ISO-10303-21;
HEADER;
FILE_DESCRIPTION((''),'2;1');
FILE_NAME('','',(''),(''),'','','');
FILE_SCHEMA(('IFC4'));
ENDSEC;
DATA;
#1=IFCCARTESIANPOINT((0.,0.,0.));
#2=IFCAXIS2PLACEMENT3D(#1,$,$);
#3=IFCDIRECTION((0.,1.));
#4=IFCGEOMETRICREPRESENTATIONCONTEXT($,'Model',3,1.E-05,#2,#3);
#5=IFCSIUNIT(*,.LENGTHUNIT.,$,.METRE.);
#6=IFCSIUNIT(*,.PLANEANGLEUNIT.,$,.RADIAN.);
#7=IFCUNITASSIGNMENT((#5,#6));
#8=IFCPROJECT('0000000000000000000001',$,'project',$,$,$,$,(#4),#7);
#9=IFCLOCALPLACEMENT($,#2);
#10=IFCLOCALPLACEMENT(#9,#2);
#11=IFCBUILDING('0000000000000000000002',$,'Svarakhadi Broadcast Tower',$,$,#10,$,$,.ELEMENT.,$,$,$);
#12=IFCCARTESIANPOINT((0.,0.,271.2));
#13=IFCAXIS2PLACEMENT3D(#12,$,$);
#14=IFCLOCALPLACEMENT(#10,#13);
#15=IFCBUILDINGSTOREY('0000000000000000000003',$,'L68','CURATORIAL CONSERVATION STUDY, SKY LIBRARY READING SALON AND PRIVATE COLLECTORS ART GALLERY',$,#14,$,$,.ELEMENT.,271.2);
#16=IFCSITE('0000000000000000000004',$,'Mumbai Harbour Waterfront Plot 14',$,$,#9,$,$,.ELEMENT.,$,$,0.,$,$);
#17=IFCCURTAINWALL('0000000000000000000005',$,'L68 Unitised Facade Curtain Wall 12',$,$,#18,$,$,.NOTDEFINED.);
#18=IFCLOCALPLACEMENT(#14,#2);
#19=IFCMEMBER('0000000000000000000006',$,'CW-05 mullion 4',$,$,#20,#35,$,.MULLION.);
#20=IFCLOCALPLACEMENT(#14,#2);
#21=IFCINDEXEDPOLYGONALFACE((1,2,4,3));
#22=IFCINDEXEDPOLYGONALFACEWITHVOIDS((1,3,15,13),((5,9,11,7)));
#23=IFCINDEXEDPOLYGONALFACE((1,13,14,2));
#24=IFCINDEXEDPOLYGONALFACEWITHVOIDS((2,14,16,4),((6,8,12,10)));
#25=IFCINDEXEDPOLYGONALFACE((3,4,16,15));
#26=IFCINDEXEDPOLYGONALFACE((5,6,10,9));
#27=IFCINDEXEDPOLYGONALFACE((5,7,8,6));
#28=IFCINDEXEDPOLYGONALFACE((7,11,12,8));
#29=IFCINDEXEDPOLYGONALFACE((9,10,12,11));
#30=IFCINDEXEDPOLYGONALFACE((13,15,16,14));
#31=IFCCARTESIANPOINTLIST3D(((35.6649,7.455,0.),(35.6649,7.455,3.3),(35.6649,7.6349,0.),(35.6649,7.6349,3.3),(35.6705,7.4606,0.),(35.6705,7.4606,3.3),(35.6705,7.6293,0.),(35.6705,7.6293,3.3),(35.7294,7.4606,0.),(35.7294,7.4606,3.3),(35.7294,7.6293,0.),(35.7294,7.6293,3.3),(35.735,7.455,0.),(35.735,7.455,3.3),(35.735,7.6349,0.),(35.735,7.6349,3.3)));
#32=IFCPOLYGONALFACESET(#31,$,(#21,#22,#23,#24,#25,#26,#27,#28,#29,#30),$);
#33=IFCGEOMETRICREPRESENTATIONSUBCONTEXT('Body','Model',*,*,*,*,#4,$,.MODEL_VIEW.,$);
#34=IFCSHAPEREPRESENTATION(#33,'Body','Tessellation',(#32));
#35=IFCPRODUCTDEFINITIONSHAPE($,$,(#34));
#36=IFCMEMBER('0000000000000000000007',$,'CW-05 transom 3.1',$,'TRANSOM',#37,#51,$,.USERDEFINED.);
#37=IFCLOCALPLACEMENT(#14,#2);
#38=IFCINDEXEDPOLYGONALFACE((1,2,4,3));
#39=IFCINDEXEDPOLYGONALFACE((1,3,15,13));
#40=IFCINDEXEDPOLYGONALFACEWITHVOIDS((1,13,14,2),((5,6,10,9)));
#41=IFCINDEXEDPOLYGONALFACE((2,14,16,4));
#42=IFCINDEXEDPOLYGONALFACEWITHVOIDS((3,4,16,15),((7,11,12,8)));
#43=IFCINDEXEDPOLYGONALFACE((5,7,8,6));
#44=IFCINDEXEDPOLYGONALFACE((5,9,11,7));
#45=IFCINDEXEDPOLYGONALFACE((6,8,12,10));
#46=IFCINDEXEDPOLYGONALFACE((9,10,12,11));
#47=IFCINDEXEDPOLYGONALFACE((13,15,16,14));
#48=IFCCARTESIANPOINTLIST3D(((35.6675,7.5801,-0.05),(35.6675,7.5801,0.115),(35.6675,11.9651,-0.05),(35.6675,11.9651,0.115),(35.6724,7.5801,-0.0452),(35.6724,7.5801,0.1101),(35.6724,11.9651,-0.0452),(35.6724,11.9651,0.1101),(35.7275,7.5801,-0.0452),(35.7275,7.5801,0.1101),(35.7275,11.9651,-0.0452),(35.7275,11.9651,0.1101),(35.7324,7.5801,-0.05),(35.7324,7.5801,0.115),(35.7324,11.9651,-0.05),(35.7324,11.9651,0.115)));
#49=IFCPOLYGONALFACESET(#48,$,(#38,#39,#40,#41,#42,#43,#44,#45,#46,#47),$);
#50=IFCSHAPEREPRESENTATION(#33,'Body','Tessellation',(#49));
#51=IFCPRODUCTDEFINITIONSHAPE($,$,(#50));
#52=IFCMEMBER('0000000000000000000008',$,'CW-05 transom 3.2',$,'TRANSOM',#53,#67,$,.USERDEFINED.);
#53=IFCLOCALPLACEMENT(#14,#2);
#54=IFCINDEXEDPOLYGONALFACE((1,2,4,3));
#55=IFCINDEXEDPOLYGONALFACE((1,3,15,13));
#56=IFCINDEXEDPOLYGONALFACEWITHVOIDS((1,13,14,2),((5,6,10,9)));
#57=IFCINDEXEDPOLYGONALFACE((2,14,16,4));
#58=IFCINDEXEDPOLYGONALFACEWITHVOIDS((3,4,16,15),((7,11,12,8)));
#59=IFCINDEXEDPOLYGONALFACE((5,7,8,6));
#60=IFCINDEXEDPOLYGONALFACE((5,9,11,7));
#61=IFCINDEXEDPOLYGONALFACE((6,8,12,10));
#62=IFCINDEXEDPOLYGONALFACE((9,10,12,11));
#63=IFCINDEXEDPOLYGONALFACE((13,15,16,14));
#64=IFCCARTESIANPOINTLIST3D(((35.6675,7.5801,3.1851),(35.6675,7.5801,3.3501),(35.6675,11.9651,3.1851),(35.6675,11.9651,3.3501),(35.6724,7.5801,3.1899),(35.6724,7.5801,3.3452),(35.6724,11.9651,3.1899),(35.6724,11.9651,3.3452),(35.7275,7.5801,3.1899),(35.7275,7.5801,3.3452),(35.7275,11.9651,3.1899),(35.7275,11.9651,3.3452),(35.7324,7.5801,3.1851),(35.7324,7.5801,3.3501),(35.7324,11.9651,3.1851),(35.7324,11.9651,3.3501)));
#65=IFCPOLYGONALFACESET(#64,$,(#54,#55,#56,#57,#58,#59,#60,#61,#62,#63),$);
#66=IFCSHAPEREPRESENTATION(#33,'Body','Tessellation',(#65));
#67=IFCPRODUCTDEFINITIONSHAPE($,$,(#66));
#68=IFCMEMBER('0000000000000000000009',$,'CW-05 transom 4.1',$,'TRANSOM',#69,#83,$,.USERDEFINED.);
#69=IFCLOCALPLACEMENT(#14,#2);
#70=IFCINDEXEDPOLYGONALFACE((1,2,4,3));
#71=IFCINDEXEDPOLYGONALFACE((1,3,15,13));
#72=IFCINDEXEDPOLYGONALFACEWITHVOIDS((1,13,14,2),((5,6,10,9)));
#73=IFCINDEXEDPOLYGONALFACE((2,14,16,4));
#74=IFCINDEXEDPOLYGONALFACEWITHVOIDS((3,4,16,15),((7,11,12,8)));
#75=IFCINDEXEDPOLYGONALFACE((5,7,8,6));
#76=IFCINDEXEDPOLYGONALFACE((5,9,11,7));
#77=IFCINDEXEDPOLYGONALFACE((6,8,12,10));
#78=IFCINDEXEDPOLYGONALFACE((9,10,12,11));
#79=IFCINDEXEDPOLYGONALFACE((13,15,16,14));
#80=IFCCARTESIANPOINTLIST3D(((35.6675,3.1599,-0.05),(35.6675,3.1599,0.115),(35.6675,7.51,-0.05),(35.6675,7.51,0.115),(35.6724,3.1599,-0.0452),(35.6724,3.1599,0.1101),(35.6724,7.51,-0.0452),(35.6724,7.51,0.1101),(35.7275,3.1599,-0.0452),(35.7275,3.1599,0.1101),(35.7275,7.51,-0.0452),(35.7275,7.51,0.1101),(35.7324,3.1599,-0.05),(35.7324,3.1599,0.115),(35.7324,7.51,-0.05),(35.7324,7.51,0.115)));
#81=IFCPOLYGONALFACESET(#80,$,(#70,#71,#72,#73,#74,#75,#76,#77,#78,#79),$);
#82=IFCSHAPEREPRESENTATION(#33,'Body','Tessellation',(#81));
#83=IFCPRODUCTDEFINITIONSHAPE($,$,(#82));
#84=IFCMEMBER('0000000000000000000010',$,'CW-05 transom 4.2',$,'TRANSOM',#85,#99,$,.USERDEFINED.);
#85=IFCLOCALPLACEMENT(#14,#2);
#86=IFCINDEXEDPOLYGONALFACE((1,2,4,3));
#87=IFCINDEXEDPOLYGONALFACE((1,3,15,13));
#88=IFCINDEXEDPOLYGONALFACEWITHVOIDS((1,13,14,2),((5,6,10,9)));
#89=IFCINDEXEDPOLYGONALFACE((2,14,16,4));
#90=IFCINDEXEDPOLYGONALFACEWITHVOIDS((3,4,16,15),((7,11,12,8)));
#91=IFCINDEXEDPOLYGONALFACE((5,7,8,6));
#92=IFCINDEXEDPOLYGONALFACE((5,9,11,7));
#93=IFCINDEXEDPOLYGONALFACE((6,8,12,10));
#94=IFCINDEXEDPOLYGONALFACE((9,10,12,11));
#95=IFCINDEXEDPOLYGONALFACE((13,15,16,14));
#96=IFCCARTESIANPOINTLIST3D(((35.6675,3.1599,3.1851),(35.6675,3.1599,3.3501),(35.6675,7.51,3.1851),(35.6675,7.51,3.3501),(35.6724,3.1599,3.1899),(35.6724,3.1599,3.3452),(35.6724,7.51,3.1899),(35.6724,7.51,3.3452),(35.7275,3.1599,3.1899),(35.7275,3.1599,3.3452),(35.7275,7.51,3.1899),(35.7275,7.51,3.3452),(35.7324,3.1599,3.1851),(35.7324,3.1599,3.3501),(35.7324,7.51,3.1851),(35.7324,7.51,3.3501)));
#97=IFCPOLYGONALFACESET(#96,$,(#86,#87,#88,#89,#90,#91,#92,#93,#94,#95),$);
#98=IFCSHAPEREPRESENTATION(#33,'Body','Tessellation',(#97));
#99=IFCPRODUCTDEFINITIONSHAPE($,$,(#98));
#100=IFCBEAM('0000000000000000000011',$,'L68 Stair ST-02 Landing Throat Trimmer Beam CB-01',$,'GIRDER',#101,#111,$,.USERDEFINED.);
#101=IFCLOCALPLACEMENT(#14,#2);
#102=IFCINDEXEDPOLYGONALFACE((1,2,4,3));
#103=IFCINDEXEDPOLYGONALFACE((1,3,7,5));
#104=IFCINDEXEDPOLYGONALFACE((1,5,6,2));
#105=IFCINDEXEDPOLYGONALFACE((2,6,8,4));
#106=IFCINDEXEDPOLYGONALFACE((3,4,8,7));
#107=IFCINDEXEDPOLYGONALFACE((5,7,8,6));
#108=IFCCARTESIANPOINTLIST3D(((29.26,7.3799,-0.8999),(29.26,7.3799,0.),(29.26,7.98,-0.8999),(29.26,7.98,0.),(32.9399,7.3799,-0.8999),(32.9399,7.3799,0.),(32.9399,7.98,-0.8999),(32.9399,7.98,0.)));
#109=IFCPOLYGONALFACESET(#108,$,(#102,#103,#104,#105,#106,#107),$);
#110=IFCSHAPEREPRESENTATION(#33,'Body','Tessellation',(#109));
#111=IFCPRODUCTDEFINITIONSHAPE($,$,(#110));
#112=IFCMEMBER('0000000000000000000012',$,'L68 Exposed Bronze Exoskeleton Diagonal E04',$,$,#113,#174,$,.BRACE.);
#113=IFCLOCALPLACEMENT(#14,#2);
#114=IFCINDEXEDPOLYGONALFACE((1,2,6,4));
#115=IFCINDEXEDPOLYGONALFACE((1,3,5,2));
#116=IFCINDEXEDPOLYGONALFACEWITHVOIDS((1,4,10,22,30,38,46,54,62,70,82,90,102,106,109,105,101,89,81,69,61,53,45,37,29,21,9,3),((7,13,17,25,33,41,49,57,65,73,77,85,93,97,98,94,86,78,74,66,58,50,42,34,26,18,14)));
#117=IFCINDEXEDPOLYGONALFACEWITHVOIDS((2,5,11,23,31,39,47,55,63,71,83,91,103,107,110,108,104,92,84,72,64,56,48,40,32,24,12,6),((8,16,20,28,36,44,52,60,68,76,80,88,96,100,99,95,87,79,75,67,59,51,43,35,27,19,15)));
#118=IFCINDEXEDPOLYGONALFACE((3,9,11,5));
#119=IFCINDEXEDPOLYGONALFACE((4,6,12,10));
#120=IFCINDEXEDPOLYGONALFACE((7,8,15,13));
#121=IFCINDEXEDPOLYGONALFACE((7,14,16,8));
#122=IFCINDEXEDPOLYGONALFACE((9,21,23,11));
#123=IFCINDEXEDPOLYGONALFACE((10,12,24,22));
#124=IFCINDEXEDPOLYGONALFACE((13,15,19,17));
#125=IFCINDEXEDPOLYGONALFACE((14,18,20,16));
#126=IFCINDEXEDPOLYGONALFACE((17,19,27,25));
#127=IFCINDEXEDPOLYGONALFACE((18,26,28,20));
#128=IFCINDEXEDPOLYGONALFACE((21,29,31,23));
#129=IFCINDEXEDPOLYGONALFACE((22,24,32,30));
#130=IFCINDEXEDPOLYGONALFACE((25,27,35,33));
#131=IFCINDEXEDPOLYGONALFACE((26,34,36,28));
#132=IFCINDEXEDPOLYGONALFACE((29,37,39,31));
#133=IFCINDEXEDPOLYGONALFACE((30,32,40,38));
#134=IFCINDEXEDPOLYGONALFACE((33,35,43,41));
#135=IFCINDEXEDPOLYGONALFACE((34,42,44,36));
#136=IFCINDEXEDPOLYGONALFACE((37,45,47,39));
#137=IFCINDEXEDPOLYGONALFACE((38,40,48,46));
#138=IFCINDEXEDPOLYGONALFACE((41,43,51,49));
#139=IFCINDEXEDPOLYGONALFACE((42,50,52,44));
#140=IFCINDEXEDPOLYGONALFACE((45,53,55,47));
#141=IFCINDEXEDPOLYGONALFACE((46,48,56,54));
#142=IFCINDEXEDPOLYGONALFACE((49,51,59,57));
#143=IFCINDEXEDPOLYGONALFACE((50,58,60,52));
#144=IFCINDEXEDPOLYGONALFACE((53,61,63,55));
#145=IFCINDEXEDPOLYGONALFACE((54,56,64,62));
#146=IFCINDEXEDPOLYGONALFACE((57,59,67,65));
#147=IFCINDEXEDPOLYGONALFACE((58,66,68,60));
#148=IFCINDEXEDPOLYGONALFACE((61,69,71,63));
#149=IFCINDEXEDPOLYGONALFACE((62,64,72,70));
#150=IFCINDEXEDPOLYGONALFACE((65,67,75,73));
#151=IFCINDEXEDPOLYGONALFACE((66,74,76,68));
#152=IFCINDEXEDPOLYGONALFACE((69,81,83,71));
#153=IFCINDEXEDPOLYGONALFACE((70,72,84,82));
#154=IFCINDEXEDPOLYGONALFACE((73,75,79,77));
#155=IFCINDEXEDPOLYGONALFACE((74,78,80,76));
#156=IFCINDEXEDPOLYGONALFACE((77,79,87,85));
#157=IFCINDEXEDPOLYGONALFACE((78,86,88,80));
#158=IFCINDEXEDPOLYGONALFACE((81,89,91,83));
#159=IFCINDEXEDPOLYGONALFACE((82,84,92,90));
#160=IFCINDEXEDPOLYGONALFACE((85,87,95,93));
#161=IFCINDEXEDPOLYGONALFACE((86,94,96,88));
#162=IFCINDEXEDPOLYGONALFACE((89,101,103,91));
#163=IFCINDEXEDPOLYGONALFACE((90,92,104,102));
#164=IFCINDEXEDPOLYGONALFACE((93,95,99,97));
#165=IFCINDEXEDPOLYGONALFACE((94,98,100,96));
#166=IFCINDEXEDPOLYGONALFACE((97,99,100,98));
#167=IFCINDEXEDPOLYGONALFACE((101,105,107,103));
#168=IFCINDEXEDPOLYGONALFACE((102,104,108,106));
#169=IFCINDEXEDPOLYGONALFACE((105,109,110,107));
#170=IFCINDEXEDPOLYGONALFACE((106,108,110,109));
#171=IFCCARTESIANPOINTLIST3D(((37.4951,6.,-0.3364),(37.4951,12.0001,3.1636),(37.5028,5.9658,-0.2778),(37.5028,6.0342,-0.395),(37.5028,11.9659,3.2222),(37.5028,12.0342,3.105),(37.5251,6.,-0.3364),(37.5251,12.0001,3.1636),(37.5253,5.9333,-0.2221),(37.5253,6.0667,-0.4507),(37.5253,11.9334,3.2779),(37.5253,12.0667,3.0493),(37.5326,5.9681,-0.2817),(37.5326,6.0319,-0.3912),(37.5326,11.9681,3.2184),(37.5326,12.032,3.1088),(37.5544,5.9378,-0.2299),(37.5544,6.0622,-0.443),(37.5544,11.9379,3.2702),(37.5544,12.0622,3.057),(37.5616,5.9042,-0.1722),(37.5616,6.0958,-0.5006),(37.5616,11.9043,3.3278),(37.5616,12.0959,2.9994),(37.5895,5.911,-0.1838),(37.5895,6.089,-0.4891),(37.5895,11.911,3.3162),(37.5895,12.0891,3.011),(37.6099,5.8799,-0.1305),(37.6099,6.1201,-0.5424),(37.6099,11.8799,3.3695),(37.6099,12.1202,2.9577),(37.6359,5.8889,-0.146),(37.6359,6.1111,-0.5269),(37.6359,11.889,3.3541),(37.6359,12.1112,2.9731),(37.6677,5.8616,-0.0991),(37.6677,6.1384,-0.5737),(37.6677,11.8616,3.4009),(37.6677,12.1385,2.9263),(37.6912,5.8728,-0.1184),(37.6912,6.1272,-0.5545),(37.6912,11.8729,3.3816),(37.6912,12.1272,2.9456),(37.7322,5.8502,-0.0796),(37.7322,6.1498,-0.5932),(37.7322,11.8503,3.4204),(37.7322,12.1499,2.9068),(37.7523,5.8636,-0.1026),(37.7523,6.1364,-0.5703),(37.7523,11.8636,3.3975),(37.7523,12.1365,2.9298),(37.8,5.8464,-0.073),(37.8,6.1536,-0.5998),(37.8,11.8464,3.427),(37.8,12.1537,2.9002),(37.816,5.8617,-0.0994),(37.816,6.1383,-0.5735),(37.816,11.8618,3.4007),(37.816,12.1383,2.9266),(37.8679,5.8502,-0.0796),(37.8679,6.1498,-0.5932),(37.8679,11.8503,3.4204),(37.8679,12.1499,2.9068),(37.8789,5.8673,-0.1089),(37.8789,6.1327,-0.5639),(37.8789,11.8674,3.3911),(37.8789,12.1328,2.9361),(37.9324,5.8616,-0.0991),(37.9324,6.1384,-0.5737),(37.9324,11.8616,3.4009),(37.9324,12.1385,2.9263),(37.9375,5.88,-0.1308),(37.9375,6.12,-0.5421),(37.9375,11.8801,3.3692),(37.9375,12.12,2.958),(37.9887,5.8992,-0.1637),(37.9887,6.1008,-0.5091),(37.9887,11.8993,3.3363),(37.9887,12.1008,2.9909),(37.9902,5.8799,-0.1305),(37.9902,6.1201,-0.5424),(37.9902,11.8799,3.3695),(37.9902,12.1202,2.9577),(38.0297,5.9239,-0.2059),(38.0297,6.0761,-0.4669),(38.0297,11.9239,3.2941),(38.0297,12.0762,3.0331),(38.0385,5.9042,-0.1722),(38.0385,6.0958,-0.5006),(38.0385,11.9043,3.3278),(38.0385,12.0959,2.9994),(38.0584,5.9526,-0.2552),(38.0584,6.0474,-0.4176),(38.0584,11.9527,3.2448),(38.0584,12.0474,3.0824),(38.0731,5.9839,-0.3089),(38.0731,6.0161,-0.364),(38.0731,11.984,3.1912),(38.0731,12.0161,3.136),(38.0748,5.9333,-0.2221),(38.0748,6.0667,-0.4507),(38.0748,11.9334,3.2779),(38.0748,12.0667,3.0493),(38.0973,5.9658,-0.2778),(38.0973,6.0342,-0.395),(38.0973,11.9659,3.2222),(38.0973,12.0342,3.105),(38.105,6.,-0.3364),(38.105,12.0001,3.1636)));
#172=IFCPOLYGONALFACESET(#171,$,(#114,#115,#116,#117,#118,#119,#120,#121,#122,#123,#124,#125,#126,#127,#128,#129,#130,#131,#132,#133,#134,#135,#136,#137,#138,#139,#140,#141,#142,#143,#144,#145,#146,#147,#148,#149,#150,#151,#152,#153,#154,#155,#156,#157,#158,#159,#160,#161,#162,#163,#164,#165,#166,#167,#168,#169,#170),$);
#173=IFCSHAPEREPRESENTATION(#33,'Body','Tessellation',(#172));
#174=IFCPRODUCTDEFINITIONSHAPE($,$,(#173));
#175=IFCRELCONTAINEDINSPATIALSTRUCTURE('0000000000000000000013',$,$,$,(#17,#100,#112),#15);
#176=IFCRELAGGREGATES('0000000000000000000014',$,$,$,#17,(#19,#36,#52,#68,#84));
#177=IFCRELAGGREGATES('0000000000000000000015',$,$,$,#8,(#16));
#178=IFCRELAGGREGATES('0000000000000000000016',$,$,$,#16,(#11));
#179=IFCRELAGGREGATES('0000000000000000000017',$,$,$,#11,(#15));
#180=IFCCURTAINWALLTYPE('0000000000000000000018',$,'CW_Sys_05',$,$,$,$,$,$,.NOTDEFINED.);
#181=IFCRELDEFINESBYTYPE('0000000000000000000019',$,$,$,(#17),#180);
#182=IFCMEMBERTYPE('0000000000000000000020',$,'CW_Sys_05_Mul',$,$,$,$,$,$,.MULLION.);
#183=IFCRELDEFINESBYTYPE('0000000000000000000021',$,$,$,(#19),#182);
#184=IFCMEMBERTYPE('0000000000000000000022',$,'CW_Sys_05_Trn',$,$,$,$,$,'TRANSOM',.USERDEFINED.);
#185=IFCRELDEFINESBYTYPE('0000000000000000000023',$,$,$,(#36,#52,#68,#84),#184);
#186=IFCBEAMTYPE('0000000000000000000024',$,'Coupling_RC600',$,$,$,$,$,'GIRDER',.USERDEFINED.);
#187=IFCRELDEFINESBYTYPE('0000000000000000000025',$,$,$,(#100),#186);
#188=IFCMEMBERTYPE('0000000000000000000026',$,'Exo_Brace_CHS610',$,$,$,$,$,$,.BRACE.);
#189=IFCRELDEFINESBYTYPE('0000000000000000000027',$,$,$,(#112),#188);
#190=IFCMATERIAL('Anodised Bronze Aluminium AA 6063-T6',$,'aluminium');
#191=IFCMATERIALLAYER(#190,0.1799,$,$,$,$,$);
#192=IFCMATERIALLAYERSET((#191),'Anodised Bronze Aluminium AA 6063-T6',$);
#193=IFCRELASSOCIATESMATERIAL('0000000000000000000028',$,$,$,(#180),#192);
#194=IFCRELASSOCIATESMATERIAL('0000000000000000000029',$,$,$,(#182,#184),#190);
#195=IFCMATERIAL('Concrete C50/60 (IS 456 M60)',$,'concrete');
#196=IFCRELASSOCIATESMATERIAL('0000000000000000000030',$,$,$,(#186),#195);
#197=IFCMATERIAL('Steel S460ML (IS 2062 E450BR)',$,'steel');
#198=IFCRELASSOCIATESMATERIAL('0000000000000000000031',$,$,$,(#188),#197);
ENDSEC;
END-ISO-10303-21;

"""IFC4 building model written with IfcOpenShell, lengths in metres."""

from ifc_helpers import new_model, si_unit, direction, frame, origin, origin_2d, place, context, subcontext, project, spatial, rectangle, hollow_rectangle, hollow_circle, extrude, material, layer, layer_set, material_profile, profile_set, type_object, element, aggregate, save


model = new_model("IFC4")

# Units and contexts
model_context = context("Model", 3, precision=1e-05, world=origin(), true_north=direction((0.0, 1.0)))
body_context = subcontext(model_context, "Body", "Model", "MODEL_VIEW")
ifc_project = project(units=[si_unit("LENGTHUNIT", "METRE"), si_unit("PLANEANGLEUNIT", "RADIAN")], contexts=[model_context])

# Site, building, storey
site_placement = place(None, origin())
site = spatial("IfcSite", under=ifc_project, at=site_placement, Name="Mumbai Harbour Waterfront Plot 14", CompositionType="ELEMENT", RefElevation=0.0)
building_placement = place(site_placement, origin())
building = spatial("IfcBuilding", under=site, at=building_placement, Name="Svarakhadi Broadcast Tower", CompositionType="ELEMENT")
storey_placement = place(building_placement, frame((0.0, 0.0, 271.2)))
storey = spatial("IfcBuildingStorey", under=building, at=storey_placement, Name="L68", Description="CURATORIAL CONSERVATION STUDY, SKY LIBRARY READING SALON AND PRIVATE COLLECTORS ART GALLERY", CompositionType="ELEMENT", Elevation=271.2)

# Curtain wall, members
ifc_material_1 = material(Name="Anodised Bronze Aluminium AA 6063-T6", Category="aluminium")
ifc_layer_1 = layer(ifc_material_1, 0.1799)
ifc_layer_set_1 = layer_set([ifc_layer_1], Name="Anodised Bronze Aluminium AA 6063-T6")
curtain_wall_type = type_object("IfcCurtainWallType", Name="CW_Sys_05", PredefinedType="NOTDEFINED", material=ifc_layer_set_1)
curtain_wall_placement = place(storey_placement, origin())
curtain_wall = element("IfcCurtainWall", 1, at=curtain_wall_placement, inside=storey, type_object=curtain_wall_type, Name="L68 Unitised Facade Curtain Wall 12", PredefinedType="NOTDEFINED")
ifc_material_profile_1 = material_profile(ifc_material_1, hollow_rectangle(XDim=0.0701, YDim=0.1799, WallThickness=0.0056, at=origin_2d()), Name="ALU MULLION 180x70x6")
ifc_profile_set_1 = profile_set([ifc_material_profile_1], Name="Anodised Bronze Aluminium AA 6063-T6")
member_type_1 = type_object("IfcMemberType", Name="CW_Sys_05_Mul", PredefinedType="MULLION", material=ifc_profile_set_1)
member_1_placement = place(storey_placement, frame((35.7, 7.5449, 0.0), z_axis=(0.0, 0.0, 1.0), x_axis=(1.0, 0.0, 0.0)))
member_1 = element("IfcMember", 2, at=member_1_placement, type_object=member_type_1, Name="CW-05 mullion 4", PredefinedType="MULLION", context=body_context, shape_type="SweptSolid", body=[
    extrude(hollow_rectangle(XDim=0.0701, YDim=0.1799, WallThickness=0.0056, at=origin_2d()), origin(), (0.0, 0.0, 1.0), 3.3),
])
ifc_material_profile_2 = material_profile(ifc_material_1, hollow_rectangle(XDim=0.0649, YDim=0.165, WallThickness=0.0049, at=origin_2d()), Name="ALU TRANSOM 165x65x5")
ifc_profile_set_2 = profile_set([ifc_material_profile_2], Name="Anodised Bronze Aluminium AA 6063-T6")
member_type_2 = type_object("IfcMemberType", Name="CW_Sys_05_Trn", ElementType="TRANSOM", PredefinedType="USERDEFINED", material=ifc_profile_set_2)
member_2_placement = place(storey_placement, frame((35.7, 11.9651, 0.0325), z_axis=(0.0, -1.0, 0.0), x_axis=(1.0, 0.0, 0.0)))
member_2 = element("IfcMember", 3, at=member_2_placement, type_object=member_type_2, Name="CW-05 transom 3.1", ObjectType="TRANSOM", PredefinedType="USERDEFINED", context=body_context, shape_type="SweptSolid", body=[
    extrude(hollow_rectangle(XDim=0.0649, YDim=0.165, WallThickness=0.0049, at=origin_2d()), origin(), (0.0, 0.0, 1.0), 4.385),
])
member_3_placement = place(storey_placement, frame((35.7, 11.9651, 3.2676), z_axis=(0.0, -1.0, 0.0), x_axis=(1.0, 0.0, 0.0)))
member_3 = element("IfcMember", 4, at=member_3_placement, type_object=member_type_2, Name="CW-05 transom 3.2", ObjectType="TRANSOM", PredefinedType="USERDEFINED", context=body_context, shape_type="SweptSolid", body=[
    extrude(hollow_rectangle(XDim=0.0649, YDim=0.165, WallThickness=0.0049, at=origin_2d()), origin(), (0.0, 0.0, 1.0), 4.385),
])
member_4_placement = place(storey_placement, frame((35.7, 7.51, 0.0325), z_axis=(0.0, -1.0, 0.0), x_axis=(1.0, 0.0, 0.0)))
member_4 = element("IfcMember", 5, at=member_4_placement, type_object=member_type_2, Name="CW-05 transom 4.1", ObjectType="TRANSOM", PredefinedType="USERDEFINED", context=body_context, shape_type="SweptSolid", body=[
    extrude(hollow_rectangle(XDim=0.0649, YDim=0.165, WallThickness=0.0049, at=origin_2d()), origin(), (0.0, 0.0, 1.0), 4.3501),
])
member_5_placement = place(storey_placement, frame((35.7, 7.51, 3.2676), z_axis=(0.0, -1.0, 0.0), x_axis=(1.0, 0.0, 0.0)))
member_5 = element("IfcMember", 6, at=member_5_placement, type_object=member_type_2, Name="CW-05 transom 4.2", ObjectType="TRANSOM", PredefinedType="USERDEFINED", context=body_context, shape_type="SweptSolid", body=[
    extrude(hollow_rectangle(XDim=0.0649, YDim=0.165, WallThickness=0.0049, at=origin_2d()), origin(), (0.0, 0.0, 1.0), 4.3501),
])

# Beam
ifc_material_2 = material(Name="Concrete C50/60 (IS 456 M60)", Category="concrete")
ifc_material_profile_3 = material_profile(ifc_material_2, rectangle(XDim=0.6001, YDim=0.8999, at=origin_2d()), Name="RC 600x900")
ifc_profile_set_3 = profile_set([ifc_material_profile_3], Name="Concrete C50/60 (IS 456 M60)")
beam_type_1 = type_object("IfcBeamType", Name="Coupling_RC600", ElementType="GIRDER", PredefinedType="USERDEFINED", material=ifc_profile_set_3)
beam_1_placement = place(storey_placement, frame((29.26, 7.6799, -0.45), z_axis=(1.0, 0.0, 0.0), x_axis=(0.0, 1.0, 0.0)))
element("IfcBeam", 7, at=beam_1_placement, inside=storey, type_object=beam_type_1, Name="L68 Stair ST-02 Landing Throat Trimmer Beam CB-01", ObjectType="GIRDER", PredefinedType="USERDEFINED", context=body_context, shape_type="SweptSolid", body=[
    extrude(rectangle(XDim=0.6001, YDim=0.8999, at=origin_2d()), origin(), (0.0, 0.0, 1.0), 3.6799),
])

# Member
ifc_material_3 = material(Name="Steel S460ML (IS 2062 E450BR)", Category="steel")
ifc_material_profile_4 = material_profile(ifc_material_3, hollow_circle(Radius=0.3049, WallThickness=0.03, at=origin_2d()), Name="CHS 610x30")
ifc_profile_set_4 = profile_set([ifc_material_profile_4], Name="Steel S460ML (IS 2062 E450BR)")
member_type_3 = type_object("IfcMemberType", Name="Exo_Brace_CHS610", PredefinedType="BRACE", material=ifc_profile_set_4)
member_6_placement = place(storey_placement, frame((37.8, 6.0, -0.3364), z_axis=(0.0, 0.863779, 0.503871), x_axis=(-1.0, 0.0, 0.0)))
element("IfcMember", 8, at=member_6_placement, inside=storey, type_object=member_type_3, Name="L68 Exposed Bronze Exoskeleton Diagonal E04", PredefinedType="BRACE", context=body_context, shape_type="SweptSolid", body=[
    extrude(hollow_circle(Radius=0.3049, WallThickness=0.03, at=origin_2d()), origin(), (0.0, 0.0, 1.0), 6.9463),
])

aggregate(curtain_wall, [member_1, member_2, member_3, member_4, member_5])

save(model, "model.ifc")
